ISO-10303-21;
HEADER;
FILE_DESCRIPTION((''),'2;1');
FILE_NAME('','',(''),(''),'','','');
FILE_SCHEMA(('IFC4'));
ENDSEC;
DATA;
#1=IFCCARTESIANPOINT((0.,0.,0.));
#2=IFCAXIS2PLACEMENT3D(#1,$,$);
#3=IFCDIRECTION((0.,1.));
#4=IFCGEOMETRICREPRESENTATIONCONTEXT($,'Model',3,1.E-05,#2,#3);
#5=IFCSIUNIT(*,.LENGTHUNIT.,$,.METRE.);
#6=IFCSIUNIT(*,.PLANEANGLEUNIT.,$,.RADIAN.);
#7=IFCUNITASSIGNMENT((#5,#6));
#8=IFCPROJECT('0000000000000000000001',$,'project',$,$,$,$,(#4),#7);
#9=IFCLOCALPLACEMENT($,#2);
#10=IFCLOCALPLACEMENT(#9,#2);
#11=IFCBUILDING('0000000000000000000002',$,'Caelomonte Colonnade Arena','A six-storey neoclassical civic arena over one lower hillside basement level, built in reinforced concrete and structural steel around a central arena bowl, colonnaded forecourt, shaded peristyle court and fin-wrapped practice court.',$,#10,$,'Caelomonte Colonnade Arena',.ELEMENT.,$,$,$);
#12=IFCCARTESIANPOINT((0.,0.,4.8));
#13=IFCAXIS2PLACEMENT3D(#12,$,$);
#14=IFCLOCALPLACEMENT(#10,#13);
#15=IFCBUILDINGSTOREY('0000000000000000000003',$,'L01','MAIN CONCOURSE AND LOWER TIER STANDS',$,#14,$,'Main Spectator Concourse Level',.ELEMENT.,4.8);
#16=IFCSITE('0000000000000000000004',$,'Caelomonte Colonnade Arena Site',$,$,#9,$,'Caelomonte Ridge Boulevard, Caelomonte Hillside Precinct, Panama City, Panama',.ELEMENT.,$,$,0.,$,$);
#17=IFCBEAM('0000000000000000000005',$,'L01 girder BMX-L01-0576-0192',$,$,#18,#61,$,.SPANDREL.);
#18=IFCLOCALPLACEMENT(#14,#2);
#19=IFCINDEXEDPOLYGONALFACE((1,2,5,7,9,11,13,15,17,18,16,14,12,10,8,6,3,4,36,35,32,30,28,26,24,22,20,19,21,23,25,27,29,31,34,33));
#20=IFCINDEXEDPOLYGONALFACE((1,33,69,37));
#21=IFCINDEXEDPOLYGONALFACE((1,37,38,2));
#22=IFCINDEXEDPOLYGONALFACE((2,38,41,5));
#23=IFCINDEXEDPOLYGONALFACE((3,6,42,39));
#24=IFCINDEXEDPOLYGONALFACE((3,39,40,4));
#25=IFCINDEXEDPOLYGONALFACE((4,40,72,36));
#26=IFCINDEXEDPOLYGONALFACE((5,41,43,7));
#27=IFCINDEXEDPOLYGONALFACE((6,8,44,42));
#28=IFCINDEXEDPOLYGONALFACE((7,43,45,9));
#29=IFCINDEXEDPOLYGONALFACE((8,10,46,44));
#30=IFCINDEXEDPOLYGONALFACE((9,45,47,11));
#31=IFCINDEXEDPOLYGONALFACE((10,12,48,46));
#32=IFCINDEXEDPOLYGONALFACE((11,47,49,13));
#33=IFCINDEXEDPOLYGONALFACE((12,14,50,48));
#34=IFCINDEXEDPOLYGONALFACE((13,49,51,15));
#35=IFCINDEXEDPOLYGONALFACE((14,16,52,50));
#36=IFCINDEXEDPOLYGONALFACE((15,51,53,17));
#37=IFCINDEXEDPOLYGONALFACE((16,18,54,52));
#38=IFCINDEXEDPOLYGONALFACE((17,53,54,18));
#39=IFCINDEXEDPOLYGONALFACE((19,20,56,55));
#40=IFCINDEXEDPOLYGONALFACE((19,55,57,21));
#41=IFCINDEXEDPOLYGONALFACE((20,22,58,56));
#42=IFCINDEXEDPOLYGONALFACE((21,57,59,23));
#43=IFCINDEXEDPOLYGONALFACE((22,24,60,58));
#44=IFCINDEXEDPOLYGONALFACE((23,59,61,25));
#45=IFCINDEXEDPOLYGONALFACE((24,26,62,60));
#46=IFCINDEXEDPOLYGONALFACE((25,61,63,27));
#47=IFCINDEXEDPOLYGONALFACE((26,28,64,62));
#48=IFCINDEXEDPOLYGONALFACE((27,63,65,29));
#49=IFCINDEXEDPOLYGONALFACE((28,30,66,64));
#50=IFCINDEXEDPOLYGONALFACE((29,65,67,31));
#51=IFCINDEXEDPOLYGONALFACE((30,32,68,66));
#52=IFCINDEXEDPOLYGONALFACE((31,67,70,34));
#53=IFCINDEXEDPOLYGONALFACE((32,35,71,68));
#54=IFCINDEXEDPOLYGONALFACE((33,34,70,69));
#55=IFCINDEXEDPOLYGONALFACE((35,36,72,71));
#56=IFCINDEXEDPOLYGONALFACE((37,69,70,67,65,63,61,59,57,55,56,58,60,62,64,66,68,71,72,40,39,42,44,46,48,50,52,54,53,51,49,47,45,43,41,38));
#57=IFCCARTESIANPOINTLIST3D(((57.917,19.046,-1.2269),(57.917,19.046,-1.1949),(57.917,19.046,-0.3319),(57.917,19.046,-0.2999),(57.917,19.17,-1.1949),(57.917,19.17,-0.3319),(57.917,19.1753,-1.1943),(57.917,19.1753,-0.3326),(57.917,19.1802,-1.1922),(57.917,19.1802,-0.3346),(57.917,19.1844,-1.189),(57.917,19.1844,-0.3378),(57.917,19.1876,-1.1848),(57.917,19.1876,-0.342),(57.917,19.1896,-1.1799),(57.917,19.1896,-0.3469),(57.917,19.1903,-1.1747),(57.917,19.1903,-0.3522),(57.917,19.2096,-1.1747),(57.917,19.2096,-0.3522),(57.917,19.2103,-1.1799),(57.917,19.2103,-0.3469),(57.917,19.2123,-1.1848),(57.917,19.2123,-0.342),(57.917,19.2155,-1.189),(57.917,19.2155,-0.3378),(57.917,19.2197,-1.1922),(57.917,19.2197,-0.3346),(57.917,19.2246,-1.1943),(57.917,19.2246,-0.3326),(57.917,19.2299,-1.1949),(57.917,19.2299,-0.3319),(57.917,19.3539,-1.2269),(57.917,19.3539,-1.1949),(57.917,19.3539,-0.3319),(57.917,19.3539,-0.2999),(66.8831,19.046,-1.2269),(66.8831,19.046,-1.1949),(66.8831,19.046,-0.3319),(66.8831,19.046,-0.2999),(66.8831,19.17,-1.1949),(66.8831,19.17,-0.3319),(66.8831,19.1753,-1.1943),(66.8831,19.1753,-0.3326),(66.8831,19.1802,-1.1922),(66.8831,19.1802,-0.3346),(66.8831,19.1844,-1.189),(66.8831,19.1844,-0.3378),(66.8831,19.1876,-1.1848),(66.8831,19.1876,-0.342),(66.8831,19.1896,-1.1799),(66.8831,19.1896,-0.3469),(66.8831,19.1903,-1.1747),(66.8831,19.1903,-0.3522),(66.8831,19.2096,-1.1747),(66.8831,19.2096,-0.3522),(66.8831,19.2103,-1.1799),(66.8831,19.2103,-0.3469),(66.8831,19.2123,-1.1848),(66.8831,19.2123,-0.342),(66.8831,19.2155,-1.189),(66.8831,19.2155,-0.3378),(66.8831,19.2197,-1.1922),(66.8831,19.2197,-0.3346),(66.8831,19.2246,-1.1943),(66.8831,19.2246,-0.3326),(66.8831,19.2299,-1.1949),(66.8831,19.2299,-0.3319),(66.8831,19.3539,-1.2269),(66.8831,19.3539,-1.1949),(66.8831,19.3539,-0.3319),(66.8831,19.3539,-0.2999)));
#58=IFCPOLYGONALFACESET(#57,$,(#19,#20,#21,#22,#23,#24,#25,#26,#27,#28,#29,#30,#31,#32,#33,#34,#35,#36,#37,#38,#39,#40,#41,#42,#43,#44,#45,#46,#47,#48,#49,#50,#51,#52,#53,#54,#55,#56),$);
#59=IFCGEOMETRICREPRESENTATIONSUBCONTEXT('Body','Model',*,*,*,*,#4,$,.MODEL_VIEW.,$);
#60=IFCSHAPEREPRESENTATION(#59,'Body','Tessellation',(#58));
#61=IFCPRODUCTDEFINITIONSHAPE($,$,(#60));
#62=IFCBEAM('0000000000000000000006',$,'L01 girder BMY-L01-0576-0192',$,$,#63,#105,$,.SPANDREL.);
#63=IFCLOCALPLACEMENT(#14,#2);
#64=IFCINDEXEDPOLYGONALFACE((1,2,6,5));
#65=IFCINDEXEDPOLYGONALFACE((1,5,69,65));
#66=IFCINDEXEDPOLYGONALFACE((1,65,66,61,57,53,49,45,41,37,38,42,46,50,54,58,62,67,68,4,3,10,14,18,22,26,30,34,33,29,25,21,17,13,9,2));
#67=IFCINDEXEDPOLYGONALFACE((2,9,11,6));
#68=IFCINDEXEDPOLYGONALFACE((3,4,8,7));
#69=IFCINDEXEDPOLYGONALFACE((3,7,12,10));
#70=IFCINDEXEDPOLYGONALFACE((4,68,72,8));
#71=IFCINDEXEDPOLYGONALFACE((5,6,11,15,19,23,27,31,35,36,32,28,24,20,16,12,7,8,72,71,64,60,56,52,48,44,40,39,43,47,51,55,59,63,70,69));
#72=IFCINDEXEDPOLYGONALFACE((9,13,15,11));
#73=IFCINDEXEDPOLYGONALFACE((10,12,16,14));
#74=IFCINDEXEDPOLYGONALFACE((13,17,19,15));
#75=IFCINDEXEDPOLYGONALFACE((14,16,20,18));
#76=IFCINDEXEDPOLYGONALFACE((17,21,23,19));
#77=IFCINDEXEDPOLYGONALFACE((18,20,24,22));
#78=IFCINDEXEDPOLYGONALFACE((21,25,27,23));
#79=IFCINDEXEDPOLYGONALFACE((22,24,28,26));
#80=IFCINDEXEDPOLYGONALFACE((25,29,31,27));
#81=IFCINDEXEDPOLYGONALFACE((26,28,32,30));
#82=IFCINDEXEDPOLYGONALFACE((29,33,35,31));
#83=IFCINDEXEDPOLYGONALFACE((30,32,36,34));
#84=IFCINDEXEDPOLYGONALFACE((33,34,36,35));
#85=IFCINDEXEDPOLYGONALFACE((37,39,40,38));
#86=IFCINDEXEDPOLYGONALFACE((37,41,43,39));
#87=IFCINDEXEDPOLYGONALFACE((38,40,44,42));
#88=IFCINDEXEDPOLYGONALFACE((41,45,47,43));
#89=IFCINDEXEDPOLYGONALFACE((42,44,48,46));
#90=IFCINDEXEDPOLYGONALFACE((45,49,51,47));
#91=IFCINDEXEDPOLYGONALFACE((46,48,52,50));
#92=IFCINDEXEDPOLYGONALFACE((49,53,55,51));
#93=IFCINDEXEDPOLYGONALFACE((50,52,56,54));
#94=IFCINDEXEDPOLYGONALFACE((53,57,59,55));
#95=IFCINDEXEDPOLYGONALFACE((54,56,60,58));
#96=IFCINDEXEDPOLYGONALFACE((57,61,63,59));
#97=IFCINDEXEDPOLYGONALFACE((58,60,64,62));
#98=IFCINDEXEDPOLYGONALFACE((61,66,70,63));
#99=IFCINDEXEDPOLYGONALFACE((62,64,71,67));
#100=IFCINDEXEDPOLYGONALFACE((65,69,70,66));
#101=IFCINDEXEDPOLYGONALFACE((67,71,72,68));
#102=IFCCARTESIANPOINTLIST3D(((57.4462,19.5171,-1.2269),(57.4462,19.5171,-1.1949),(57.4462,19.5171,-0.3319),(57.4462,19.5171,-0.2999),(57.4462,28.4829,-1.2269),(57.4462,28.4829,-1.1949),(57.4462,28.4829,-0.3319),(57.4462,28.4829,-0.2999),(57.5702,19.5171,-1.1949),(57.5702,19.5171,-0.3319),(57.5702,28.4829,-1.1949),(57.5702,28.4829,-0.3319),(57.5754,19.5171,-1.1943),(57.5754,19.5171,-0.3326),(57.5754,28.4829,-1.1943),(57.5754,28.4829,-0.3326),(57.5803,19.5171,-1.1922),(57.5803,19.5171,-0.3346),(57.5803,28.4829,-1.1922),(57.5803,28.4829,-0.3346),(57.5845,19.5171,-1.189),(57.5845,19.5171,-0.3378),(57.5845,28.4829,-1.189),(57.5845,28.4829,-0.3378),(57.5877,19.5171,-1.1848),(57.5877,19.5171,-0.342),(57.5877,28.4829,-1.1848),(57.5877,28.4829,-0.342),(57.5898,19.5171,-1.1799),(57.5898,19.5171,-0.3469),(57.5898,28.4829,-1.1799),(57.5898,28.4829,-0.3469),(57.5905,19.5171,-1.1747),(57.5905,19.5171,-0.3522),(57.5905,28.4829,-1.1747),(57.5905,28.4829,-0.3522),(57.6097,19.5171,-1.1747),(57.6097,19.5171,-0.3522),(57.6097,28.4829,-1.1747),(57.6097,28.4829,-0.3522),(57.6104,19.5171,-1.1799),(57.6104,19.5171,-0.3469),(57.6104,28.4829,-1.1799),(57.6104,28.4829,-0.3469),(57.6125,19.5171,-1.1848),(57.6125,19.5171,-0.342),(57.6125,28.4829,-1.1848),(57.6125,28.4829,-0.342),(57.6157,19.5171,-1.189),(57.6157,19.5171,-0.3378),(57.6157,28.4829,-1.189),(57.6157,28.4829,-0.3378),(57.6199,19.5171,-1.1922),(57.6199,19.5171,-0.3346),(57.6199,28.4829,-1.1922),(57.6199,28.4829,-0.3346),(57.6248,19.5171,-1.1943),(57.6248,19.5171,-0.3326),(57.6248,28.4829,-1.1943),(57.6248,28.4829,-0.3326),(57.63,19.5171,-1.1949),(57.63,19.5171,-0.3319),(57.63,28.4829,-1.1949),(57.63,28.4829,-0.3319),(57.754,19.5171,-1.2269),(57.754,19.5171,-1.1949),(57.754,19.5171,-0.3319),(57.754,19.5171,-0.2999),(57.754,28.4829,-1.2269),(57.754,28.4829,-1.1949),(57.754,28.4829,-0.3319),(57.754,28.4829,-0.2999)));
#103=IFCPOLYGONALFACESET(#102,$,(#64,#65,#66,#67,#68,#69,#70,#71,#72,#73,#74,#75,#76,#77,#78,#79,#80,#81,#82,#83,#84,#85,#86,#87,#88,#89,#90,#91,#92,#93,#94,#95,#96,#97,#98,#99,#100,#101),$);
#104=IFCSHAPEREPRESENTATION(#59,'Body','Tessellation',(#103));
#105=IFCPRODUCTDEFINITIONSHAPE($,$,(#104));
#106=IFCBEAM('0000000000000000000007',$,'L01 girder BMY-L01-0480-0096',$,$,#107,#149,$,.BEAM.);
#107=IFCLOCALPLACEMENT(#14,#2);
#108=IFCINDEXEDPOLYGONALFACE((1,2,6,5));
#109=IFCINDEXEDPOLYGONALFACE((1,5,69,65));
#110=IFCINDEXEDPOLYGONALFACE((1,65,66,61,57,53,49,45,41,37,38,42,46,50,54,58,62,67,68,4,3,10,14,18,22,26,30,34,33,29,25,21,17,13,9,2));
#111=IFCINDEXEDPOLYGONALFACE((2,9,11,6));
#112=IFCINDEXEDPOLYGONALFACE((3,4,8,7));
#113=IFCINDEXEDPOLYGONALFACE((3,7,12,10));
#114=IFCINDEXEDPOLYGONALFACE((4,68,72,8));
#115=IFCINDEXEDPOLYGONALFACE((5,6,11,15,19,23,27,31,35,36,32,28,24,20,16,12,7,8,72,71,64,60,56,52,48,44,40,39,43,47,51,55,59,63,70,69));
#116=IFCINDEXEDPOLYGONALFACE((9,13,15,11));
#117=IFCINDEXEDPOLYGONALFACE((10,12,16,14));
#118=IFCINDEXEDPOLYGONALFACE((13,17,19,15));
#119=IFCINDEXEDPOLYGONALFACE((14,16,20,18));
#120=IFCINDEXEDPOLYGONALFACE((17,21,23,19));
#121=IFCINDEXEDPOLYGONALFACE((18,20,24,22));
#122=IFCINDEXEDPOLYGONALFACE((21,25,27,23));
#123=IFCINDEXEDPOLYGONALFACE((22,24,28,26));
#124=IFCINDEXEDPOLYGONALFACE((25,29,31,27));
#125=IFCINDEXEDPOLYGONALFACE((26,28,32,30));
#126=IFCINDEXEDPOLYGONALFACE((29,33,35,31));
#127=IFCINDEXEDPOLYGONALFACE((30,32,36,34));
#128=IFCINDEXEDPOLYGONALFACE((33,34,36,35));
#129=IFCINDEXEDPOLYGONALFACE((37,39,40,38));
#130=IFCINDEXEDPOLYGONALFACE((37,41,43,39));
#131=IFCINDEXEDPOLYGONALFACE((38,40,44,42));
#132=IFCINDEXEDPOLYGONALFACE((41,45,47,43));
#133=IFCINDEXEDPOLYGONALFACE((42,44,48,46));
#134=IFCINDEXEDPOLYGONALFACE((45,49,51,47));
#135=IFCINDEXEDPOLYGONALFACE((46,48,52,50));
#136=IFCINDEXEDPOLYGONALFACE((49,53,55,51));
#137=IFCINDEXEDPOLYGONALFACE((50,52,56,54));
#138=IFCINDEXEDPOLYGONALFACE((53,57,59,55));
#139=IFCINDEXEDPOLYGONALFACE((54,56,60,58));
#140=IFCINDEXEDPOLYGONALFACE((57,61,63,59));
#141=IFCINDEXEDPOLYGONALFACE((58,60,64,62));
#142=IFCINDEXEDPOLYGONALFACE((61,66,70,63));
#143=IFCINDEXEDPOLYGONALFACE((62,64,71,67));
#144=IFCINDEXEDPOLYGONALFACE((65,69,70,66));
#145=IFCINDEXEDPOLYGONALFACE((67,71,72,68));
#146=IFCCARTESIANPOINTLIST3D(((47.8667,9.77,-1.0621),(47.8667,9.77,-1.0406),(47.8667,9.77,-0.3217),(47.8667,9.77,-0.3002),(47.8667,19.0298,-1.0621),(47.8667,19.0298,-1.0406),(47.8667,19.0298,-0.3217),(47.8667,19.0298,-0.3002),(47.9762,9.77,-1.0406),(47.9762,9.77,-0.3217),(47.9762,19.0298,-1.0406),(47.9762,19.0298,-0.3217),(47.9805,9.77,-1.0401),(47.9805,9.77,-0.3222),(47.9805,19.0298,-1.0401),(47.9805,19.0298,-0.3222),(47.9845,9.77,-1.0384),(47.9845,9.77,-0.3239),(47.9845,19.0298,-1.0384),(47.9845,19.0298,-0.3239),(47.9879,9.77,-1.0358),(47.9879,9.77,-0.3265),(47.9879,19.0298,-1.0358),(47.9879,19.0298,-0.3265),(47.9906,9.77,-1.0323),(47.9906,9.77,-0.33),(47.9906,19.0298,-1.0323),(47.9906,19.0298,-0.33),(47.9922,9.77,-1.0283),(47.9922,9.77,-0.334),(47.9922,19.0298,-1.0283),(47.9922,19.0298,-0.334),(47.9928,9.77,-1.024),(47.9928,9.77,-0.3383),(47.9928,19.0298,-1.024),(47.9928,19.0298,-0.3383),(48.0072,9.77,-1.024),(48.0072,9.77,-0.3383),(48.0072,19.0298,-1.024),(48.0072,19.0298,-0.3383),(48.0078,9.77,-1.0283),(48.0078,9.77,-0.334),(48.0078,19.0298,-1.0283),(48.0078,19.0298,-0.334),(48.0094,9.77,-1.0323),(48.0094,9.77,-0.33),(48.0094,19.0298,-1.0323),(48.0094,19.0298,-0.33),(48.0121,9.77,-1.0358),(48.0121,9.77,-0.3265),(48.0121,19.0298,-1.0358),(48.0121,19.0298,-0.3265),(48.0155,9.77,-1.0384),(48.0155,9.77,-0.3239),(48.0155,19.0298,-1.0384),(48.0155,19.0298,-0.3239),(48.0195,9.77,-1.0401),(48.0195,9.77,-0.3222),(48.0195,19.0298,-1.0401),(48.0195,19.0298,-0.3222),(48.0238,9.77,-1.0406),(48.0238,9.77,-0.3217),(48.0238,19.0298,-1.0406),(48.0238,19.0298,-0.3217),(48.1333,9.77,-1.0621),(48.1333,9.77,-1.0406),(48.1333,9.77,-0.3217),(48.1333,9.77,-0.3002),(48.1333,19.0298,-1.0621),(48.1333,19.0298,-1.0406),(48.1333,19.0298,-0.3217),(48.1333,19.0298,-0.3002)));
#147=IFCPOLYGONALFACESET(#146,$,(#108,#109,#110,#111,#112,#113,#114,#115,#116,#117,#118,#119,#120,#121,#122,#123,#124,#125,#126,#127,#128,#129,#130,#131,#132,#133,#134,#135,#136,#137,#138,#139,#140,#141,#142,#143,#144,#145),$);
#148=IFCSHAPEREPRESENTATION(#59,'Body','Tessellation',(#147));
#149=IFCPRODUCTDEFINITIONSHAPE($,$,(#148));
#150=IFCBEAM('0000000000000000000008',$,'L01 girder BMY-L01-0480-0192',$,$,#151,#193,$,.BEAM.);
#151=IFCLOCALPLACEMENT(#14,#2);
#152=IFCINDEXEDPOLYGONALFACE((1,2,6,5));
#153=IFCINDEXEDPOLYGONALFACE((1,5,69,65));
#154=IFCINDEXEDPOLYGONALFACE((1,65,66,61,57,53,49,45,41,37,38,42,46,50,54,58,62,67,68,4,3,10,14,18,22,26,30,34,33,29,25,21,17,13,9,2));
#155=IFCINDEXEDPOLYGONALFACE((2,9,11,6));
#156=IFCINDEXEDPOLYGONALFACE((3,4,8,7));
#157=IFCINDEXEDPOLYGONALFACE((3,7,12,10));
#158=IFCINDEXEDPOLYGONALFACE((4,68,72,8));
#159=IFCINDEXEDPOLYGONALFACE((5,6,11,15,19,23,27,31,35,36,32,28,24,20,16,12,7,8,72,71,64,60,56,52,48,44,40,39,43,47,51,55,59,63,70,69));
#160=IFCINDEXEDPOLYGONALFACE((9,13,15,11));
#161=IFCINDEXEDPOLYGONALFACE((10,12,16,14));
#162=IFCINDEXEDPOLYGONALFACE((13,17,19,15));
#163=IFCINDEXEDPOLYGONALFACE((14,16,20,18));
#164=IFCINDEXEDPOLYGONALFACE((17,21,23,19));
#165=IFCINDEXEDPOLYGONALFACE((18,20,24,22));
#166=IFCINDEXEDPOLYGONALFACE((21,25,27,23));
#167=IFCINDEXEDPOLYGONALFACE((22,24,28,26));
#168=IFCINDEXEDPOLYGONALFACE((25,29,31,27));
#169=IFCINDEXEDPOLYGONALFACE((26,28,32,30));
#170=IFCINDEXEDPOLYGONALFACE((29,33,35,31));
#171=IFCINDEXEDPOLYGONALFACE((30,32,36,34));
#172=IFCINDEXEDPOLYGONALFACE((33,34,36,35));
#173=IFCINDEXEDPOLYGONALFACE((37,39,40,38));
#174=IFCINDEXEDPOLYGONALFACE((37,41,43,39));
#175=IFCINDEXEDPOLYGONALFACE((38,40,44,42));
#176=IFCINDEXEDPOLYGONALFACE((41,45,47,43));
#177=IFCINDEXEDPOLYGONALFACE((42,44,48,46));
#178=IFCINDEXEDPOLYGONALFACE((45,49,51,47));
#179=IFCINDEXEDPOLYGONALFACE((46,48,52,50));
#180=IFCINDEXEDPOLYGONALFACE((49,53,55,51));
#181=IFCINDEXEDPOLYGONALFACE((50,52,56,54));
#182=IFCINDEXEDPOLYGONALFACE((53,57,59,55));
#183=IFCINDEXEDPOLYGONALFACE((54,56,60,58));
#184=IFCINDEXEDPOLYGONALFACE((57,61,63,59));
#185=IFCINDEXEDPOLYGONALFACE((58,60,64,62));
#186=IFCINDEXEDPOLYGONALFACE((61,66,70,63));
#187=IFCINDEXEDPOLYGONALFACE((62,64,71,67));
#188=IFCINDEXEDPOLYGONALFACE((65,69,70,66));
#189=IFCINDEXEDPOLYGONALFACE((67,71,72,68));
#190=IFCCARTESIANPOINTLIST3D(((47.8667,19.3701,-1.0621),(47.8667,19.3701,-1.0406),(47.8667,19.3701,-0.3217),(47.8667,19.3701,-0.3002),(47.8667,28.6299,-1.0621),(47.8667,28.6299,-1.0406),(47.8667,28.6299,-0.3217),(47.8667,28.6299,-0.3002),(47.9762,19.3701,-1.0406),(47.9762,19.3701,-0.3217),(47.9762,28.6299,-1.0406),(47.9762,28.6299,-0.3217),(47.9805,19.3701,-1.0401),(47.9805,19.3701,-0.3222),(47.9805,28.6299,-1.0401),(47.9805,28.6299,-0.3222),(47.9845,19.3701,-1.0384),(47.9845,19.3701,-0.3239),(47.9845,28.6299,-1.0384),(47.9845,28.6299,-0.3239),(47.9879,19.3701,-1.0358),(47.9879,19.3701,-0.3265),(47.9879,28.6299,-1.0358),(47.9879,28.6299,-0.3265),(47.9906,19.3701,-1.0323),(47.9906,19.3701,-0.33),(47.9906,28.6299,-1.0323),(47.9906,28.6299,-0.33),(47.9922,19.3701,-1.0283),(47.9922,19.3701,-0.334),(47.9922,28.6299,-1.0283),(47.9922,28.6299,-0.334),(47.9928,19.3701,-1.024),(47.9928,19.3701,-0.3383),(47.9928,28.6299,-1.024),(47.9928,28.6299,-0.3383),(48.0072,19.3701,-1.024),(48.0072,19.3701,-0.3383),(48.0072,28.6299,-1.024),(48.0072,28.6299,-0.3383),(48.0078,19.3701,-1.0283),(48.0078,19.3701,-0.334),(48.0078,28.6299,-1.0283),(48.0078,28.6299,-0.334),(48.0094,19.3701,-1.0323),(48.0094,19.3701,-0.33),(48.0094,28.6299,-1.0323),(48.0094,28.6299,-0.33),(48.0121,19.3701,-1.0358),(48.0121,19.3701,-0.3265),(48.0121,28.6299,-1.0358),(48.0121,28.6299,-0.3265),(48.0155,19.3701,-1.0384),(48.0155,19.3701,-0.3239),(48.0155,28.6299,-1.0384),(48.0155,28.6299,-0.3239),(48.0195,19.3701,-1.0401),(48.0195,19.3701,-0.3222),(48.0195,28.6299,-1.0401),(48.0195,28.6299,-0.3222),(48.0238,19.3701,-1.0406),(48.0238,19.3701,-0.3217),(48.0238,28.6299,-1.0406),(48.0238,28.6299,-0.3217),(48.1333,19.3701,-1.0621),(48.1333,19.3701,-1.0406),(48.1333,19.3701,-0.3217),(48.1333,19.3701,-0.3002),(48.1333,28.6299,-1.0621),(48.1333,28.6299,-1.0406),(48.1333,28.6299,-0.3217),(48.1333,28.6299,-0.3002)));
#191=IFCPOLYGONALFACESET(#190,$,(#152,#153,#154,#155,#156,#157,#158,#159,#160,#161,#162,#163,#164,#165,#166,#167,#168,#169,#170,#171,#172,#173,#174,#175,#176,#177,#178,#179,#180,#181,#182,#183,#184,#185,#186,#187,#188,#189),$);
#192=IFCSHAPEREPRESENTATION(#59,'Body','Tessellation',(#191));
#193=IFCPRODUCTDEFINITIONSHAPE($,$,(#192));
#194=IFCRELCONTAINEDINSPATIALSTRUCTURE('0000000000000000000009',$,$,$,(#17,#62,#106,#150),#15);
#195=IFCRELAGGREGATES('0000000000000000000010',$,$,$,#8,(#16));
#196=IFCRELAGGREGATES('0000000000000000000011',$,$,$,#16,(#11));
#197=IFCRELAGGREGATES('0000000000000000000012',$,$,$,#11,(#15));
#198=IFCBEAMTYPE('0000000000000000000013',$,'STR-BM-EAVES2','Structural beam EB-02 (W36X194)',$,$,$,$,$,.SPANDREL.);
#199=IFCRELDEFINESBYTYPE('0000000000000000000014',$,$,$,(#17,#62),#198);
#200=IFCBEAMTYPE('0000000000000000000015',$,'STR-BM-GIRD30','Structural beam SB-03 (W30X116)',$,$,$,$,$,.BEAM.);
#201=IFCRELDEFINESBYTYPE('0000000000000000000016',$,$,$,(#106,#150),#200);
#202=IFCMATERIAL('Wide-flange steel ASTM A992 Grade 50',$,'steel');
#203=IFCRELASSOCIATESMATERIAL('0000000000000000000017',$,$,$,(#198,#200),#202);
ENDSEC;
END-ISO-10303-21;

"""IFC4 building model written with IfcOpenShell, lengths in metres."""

from ifc_helpers import new_model, si_unit, direction, frame, origin, origin_2d, place, context, subcontext, project, spatial, i_section, extrude, material, material_profile, profile_set, type_object, element, save


model = new_model("IFC4")

# Units and contexts
model_context = context("Model", 3, precision=1e-05, world=origin(), true_north=direction((0.0, 1.0)))
body_context = subcontext(model_context, "Body", "Model", "MODEL_VIEW")
ifc_project = project(units=[si_unit("LENGTHUNIT", "METRE"), si_unit("PLANEANGLEUNIT", "RADIAN")], contexts=[model_context])

# Site, building, storey
site_placement = place(None, origin())
site = spatial("IfcSite", under=ifc_project, at=site_placement, Name="Caelomonte Colonnade Arena Site", LongName="Caelomonte Ridge Boulevard, Caelomonte Hillside Precinct, Panama City, Panama", CompositionType="ELEMENT", RefElevation=0.0)
building_placement = place(site_placement, origin())
building = spatial("IfcBuilding", under=site, at=building_placement, Name="Caelomonte Colonnade Arena", Description="A six-storey neoclassical civic arena over one lower hillside basement level, built in reinforced concrete and structural steel around a central arena bowl, colonnaded forecourt, shaded peristyle court and fin-wrapped practice court.", LongName="Caelomonte Colonnade Arena", CompositionType="ELEMENT")
storey_placement = place(building_placement, frame((0.0, 0.0, 4.8)))
storey = spatial("IfcBuildingStorey", under=building, at=storey_placement, Name="L01", Description="MAIN CONCOURSE AND LOWER TIER STANDS", LongName="Main Spectator Concourse Level", CompositionType="ELEMENT", Elevation=4.8)

# Beams
ifc_material_1 = material(Name="Wide-flange steel ASTM A992 Grade 50", Category="steel")
ifc_material_profile_1 = material_profile(ifc_material_1, i_section(OverallWidth=0.3079, OverallDepth=0.927, WebThickness=0.0193, FlangeThickness=0.032, FilletRadius=0.0203, at=origin_2d()), Name="W36X194")
ifc_profile_set_1 = profile_set([ifc_material_profile_1], Name="Wide-flange steel ASTM A992 Grade 50")
beam_type_1 = type_object("IfcBeamType", Name="STR-BM-EAVES2", Description="Structural beam EB-02 (W36X194)", PredefinedType="SPANDREL", material=ifc_profile_set_1)
beam_1_placement = place(storey_placement, frame((57.917, 19.2, -0.7634), z_axis=(1.0, 0.0, 0.0), x_axis=(0.0, 1.0, 0.0)))
element("IfcBeam", 1, at=beam_1_placement, inside=storey, type_object=beam_type_1, Name="L01 girder BMX-L01-0576-0192", PredefinedType="SPANDREL", context=body_context, shape_type="SweptSolid", body=[
    extrude(i_section(OverallWidth=0.3079, OverallDepth=0.927, WebThickness=0.0193, FlangeThickness=0.032, FilletRadius=0.0203, at=origin_2d()), origin(), (0.0, 0.0, 1.0), 8.9661),
])
beam_2_placement = place(storey_placement, frame((57.6001, 19.5171, -0.7634), z_axis=(0.0, 1.0, 0.0), x_axis=(-1.0, 0.0, 0.0)))
element("IfcBeam", 2, at=beam_2_placement, inside=storey, type_object=beam_type_1, Name="L01 girder BMY-L01-0576-0192", PredefinedType="SPANDREL", context=body_context, shape_type="SweptSolid", body=[
    extrude(i_section(OverallWidth=0.3079, OverallDepth=0.927, WebThickness=0.0193, FlangeThickness=0.032, FilletRadius=0.0203, at=origin_2d()), origin(), (0.0, 0.0, 1.0), 8.9658),
])
ifc_material_profile_2 = material_profile(ifc_material_1, i_section(OverallWidth=0.2666, OverallDepth=0.762, WebThickness=0.0144, FlangeThickness=0.0215, FilletRadius=0.0166, at=origin_2d()), Name="W30X116")
ifc_profile_set_2 = profile_set([ifc_material_profile_2], Name="Wide-flange steel ASTM A992 Grade 50")
beam_type_2 = type_object("IfcBeamType", Name="STR-BM-GIRD30", Description="Structural beam SB-03 (W30X116)", PredefinedType="BEAM", material=ifc_profile_set_2)
for number, where, z_axis, x_axis, name in (
    (3, (48.0, 9.77, -0.6812), (0.0, 1.0, 0.0), (-1.0, 0.0, 0.0), "L01 girder BMY-L01-0480-0096"),
    (4, (48.0, 19.3701, -0.6812), (0.0, 1.0, 0.0), (-1.0, 0.0, 0.0), "L01 girder BMY-L01-0480-0192"),
):
    element("IfcBeam", number, at=place(storey_placement, frame(where, z_axis=z_axis, x_axis=x_axis)), inside=storey, type_object=beam_type_2, Name=name, PredefinedType="BEAM", context=body_context, shape_type="SweptSolid", body=[
        extrude(i_section(OverallWidth=0.2666, OverallDepth=0.762, WebThickness=0.0144, FlangeThickness=0.0215, FilletRadius=0.0166, at=origin_2d()), origin(), (0.0, 0.0, 1.0), 9.2598),
    ])

save(model, "model.ifc")
